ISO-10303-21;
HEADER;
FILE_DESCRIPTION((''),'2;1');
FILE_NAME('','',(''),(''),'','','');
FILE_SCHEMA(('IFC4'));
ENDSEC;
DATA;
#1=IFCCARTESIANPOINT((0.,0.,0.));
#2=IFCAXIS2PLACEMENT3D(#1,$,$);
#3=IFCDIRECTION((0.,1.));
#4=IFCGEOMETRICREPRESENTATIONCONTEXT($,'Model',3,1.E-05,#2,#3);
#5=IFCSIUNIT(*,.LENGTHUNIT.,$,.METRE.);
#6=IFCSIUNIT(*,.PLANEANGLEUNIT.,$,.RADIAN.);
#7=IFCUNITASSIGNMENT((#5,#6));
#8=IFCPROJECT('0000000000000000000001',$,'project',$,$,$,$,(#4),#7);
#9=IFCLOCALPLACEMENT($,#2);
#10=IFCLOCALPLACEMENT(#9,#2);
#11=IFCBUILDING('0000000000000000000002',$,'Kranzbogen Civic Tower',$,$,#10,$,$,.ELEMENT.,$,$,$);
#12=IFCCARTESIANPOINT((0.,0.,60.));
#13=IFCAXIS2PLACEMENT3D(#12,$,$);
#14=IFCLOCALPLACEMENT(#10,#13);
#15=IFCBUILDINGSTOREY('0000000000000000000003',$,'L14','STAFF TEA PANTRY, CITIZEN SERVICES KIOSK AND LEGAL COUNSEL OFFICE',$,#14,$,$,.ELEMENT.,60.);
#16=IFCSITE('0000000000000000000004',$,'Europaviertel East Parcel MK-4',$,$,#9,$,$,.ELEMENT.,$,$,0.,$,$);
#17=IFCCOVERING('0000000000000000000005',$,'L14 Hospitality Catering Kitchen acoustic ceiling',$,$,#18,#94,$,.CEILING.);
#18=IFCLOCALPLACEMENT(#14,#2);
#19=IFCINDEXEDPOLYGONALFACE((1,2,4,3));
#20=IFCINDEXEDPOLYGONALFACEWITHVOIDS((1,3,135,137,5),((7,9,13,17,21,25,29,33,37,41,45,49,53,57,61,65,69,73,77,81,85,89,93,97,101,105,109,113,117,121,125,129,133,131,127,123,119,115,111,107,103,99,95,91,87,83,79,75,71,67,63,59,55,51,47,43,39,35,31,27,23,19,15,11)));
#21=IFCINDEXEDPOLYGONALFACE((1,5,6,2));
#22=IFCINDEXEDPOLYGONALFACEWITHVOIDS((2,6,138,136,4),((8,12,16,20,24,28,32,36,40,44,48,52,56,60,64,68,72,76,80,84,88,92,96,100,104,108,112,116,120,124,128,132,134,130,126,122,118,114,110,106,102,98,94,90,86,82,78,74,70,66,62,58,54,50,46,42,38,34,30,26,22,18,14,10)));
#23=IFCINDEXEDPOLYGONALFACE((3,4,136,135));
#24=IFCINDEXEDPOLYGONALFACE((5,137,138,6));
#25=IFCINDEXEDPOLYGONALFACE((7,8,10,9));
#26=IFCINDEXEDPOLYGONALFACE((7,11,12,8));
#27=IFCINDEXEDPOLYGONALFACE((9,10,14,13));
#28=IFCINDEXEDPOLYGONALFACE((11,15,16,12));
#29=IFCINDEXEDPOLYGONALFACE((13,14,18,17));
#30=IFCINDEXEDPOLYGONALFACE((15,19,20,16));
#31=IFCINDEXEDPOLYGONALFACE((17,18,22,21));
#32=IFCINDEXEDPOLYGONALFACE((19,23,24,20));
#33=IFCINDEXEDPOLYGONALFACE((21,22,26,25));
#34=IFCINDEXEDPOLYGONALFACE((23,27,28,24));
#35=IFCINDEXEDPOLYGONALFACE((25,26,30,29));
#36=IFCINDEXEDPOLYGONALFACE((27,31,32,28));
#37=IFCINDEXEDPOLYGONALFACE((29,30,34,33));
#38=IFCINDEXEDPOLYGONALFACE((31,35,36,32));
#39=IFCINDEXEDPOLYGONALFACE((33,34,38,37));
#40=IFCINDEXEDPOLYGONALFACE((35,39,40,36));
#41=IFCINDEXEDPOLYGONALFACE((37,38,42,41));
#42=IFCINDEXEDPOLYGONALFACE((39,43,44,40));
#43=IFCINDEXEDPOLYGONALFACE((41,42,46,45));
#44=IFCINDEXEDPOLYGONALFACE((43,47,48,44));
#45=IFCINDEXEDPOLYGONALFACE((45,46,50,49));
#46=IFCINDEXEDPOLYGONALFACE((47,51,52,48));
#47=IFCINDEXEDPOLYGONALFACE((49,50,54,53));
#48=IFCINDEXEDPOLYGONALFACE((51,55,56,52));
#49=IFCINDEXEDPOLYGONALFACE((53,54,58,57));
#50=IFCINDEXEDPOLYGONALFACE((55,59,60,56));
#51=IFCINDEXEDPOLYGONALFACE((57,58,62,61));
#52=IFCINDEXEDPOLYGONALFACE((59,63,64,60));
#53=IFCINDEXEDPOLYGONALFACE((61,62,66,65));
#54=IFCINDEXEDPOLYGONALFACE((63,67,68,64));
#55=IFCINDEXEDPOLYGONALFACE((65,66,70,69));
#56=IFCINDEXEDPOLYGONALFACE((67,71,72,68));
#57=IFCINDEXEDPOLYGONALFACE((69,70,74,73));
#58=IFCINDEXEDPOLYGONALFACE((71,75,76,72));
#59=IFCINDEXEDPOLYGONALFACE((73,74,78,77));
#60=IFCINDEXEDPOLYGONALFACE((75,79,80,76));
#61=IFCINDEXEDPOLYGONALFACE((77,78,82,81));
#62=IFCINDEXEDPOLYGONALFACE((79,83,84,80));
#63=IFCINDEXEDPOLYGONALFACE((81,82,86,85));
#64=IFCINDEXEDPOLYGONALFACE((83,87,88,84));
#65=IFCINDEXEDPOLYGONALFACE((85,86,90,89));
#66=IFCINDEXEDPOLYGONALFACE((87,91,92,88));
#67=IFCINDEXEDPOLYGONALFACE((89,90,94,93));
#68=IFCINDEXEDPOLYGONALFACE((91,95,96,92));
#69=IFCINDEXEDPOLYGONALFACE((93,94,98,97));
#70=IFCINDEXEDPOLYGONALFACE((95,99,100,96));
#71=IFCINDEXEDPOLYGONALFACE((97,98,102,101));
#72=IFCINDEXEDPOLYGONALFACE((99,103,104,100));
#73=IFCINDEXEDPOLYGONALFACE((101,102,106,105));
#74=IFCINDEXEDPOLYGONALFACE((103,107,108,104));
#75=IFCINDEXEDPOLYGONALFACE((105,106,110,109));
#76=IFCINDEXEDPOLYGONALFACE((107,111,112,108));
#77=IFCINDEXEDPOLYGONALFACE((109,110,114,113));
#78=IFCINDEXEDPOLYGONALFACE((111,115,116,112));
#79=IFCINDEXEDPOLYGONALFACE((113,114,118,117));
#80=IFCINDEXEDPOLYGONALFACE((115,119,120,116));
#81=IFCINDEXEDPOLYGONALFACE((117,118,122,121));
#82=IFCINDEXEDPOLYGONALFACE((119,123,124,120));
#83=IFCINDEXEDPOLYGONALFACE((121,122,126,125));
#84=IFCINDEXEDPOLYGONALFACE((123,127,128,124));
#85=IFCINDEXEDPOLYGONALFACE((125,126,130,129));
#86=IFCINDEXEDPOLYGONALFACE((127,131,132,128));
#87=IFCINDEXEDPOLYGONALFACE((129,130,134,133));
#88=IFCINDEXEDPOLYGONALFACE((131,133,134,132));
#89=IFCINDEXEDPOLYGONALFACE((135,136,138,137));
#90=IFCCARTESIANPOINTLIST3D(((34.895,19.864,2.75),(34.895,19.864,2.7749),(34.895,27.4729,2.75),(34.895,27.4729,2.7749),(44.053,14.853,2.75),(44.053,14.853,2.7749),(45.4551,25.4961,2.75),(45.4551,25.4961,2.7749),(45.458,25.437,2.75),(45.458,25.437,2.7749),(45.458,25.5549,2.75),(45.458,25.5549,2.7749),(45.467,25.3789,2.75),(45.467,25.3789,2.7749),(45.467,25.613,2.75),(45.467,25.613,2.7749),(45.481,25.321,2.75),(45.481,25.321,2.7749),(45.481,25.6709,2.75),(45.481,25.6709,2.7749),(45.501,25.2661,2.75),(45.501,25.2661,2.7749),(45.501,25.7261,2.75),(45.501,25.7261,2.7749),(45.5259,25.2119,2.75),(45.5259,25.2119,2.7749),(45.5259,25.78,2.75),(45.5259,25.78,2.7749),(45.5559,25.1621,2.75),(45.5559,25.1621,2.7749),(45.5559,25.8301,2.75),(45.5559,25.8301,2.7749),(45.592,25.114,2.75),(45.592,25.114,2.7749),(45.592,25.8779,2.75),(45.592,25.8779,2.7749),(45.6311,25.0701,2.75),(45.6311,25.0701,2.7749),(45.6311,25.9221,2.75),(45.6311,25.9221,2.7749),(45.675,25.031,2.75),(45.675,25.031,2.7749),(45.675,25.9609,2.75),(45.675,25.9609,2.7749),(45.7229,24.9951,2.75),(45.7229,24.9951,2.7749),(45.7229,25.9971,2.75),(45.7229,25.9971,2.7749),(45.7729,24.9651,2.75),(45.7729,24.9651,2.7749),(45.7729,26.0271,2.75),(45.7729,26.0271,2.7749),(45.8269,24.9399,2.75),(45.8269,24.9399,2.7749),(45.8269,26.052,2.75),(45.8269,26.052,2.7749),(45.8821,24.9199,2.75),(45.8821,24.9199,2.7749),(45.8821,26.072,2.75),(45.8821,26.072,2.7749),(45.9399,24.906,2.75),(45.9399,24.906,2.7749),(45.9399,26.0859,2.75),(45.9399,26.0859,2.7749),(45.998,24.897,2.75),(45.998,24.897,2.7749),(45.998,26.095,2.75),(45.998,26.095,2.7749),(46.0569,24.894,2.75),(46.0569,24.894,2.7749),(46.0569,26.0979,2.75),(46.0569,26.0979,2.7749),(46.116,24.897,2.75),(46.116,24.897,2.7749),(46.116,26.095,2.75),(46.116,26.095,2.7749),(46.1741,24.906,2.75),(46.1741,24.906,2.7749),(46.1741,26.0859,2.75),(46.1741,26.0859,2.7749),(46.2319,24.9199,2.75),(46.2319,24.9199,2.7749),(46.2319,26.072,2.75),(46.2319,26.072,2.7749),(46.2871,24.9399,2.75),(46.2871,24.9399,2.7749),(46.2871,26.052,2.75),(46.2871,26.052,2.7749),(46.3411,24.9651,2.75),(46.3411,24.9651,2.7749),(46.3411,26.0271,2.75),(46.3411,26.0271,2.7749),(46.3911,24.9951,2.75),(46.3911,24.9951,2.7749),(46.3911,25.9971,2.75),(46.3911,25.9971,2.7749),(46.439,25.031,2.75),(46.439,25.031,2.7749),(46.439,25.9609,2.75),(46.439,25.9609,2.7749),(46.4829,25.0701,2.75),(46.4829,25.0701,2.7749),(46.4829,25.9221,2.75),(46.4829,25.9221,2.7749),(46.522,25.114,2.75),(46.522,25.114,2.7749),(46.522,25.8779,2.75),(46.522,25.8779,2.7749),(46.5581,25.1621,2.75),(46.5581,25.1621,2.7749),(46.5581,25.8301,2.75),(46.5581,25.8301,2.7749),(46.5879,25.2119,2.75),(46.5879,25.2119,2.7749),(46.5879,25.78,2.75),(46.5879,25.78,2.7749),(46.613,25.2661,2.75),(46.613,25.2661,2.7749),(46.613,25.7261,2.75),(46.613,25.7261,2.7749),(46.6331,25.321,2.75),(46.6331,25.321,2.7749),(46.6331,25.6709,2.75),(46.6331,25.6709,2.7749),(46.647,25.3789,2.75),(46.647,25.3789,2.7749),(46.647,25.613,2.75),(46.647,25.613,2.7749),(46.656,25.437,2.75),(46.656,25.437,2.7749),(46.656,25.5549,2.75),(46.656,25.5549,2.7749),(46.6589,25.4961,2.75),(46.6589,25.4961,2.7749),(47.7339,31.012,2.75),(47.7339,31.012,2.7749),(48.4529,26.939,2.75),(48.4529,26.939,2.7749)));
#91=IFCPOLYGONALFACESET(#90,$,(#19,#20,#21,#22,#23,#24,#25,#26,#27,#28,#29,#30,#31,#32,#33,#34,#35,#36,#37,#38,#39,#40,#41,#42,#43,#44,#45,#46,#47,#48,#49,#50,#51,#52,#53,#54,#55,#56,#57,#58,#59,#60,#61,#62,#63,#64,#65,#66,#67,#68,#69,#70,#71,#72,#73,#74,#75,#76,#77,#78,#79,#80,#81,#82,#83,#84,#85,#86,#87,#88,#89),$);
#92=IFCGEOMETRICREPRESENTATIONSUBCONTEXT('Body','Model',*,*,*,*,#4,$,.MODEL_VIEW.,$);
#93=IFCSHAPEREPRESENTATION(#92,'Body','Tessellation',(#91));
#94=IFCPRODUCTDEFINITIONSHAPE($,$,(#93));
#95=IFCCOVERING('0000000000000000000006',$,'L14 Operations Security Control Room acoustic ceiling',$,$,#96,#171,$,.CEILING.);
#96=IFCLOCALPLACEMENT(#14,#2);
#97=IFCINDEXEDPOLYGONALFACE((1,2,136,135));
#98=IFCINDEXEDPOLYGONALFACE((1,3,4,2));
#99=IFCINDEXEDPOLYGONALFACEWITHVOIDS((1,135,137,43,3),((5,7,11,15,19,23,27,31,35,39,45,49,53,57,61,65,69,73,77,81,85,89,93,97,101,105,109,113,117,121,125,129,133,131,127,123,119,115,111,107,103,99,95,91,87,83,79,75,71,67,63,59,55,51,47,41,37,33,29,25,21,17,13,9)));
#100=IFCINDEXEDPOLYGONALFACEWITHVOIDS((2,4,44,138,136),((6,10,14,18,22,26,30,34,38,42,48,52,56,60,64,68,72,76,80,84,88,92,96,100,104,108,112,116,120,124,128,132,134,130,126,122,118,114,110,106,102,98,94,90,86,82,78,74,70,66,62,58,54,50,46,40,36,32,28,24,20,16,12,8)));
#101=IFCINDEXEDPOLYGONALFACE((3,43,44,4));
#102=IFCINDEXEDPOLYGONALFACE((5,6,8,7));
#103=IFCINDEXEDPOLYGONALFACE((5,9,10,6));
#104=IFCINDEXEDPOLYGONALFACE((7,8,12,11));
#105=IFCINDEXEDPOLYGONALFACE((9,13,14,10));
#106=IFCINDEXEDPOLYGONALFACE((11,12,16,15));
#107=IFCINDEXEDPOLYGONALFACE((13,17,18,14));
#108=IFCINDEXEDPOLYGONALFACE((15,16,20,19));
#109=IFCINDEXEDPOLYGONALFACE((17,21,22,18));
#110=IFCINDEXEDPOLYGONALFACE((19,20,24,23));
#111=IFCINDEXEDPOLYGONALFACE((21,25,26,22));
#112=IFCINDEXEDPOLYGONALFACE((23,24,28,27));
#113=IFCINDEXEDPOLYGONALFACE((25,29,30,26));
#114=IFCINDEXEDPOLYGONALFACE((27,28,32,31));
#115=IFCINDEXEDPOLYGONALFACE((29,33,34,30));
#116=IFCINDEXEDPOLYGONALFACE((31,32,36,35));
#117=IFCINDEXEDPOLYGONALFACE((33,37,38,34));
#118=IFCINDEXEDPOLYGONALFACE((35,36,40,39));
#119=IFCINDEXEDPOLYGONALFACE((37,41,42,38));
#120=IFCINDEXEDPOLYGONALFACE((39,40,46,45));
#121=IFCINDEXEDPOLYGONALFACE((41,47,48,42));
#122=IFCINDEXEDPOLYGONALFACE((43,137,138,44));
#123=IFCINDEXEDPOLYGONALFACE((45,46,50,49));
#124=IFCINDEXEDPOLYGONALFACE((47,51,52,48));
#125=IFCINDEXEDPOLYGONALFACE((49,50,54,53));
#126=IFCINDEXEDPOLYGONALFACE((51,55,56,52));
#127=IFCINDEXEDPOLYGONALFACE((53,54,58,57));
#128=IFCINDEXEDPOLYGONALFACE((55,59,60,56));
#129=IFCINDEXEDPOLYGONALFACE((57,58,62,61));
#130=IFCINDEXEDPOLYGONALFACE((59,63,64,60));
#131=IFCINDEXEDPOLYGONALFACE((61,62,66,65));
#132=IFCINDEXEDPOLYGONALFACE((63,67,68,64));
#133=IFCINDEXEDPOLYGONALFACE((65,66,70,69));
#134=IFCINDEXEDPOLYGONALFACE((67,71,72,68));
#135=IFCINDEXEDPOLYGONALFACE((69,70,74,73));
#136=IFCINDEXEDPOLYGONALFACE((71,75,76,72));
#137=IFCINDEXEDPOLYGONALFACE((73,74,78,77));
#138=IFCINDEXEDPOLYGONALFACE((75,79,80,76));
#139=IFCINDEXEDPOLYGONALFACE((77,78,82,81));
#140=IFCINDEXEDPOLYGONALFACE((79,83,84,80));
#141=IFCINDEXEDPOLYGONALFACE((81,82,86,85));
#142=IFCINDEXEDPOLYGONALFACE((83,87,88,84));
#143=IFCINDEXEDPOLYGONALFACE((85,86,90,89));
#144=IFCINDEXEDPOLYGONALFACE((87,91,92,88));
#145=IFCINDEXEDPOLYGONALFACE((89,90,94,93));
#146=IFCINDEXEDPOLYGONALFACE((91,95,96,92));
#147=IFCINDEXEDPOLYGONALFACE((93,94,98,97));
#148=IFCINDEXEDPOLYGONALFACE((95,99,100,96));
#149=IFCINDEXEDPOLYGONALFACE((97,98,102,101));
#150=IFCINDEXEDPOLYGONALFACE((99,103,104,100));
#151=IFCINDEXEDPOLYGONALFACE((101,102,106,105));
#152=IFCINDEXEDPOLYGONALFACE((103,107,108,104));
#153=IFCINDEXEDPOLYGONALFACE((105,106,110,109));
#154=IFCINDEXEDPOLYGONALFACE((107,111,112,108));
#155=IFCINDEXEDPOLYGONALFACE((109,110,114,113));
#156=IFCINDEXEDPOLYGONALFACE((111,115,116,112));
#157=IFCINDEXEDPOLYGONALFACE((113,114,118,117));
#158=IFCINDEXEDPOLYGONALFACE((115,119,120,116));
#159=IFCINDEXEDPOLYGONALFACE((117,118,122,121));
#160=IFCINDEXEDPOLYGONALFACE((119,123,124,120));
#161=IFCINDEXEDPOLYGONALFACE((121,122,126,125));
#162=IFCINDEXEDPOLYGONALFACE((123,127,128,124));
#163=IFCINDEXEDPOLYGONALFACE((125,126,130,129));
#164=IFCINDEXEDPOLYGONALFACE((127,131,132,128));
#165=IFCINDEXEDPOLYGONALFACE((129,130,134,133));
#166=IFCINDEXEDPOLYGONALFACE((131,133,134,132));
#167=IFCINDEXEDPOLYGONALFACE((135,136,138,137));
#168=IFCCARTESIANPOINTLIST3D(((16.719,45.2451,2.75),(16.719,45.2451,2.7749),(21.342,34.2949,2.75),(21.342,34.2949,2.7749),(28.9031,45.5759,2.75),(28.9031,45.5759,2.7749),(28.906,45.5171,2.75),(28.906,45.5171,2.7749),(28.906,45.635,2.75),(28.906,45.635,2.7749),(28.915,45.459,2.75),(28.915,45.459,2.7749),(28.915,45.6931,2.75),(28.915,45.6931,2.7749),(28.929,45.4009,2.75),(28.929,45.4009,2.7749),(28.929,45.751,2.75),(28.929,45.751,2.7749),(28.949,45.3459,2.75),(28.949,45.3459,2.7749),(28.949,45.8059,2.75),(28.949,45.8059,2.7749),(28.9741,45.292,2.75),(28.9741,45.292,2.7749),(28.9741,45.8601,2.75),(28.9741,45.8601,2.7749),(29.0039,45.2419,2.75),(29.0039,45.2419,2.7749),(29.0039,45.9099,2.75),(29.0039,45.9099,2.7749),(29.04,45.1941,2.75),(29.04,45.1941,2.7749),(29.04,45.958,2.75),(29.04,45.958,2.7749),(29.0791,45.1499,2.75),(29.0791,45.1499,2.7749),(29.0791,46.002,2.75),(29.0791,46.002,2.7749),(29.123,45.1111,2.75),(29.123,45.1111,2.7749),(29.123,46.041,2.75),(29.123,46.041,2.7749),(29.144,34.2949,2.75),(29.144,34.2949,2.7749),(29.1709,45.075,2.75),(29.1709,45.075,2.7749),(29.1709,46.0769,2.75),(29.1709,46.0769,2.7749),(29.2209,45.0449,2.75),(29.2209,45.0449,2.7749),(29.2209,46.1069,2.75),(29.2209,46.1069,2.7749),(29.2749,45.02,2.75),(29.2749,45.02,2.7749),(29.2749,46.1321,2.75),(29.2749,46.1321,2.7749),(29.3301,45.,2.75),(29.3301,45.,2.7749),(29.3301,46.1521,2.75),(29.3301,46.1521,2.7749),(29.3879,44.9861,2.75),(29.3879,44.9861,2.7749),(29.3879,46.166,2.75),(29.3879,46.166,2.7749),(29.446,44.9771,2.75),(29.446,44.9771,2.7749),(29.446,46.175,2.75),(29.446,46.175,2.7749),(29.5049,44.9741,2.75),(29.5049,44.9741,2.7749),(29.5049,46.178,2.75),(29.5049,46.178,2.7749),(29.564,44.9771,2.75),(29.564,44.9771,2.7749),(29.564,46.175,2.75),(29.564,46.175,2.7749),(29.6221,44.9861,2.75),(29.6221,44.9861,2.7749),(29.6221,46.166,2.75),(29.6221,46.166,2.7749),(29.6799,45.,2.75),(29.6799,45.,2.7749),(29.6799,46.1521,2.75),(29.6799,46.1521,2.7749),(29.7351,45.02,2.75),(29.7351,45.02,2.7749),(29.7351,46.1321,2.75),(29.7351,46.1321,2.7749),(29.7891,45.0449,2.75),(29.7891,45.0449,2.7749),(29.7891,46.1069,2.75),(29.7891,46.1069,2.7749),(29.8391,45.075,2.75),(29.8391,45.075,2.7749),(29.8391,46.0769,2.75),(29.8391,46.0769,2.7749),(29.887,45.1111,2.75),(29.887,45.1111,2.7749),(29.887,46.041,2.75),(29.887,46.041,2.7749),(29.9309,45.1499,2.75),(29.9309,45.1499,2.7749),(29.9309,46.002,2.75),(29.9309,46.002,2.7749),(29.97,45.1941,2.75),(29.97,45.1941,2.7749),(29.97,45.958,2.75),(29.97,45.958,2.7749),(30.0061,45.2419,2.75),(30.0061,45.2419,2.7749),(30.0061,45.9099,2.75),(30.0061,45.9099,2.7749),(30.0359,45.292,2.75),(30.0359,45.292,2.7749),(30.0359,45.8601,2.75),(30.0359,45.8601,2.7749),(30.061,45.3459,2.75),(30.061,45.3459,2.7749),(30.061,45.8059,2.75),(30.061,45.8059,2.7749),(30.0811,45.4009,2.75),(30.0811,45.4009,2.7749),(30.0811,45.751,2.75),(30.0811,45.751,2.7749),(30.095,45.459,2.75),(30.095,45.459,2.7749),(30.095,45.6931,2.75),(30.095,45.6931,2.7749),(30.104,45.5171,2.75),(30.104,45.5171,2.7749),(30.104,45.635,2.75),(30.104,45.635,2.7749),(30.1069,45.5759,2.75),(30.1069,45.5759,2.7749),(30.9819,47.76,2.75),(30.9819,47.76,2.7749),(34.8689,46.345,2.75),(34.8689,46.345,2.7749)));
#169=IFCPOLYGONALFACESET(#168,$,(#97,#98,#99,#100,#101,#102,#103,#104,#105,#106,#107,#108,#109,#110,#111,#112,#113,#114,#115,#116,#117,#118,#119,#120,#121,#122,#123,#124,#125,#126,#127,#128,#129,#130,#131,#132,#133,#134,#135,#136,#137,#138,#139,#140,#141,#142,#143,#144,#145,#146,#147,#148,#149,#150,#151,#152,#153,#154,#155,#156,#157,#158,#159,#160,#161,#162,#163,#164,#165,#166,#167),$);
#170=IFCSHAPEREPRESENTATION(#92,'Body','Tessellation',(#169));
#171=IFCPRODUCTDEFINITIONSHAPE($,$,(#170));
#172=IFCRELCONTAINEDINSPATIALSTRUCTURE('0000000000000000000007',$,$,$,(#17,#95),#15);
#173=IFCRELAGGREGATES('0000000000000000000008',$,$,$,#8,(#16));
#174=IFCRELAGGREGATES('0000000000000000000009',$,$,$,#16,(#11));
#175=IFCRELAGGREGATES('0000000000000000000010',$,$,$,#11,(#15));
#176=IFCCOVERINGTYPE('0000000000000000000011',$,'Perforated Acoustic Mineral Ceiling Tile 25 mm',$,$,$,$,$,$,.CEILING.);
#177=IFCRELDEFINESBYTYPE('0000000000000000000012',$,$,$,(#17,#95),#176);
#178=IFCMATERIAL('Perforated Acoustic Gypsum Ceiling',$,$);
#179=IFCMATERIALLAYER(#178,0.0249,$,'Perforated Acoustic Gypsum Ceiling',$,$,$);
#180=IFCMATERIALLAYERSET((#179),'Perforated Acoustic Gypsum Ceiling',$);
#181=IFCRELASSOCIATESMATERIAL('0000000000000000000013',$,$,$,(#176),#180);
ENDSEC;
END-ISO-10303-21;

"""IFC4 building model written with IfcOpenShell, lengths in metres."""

from ifc_helpers import new_model, si_unit, direction, frame, origin, place, context, subcontext, project, spatial, polyline, outline, extrude, material, layer, layer_set, type_object, element, save


model = new_model("IFC4")

# Units and contexts
model_context = context("Model", 3, precision=1e-05, world=origin(), true_north=direction((0.0, 1.0)))
body_context = subcontext(model_context, "Body", "Model", "MODEL_VIEW")
ifc_project = project(units=[si_unit("LENGTHUNIT", "METRE"), si_unit("PLANEANGLEUNIT", "RADIAN")], contexts=[model_context])

# Site, building, storey
site_placement = place(None, origin())
site = spatial("IfcSite", under=ifc_project, at=site_placement, Name="Europaviertel East Parcel MK-4", CompositionType="ELEMENT", RefElevation=0.0)
building_placement = place(site_placement, origin())
building = spatial("IfcBuilding", under=site, at=building_placement, Name="Kranzbogen Civic Tower", CompositionType="ELEMENT")
storey_placement = place(building_placement, frame((0.0, 0.0, 60.0)))
storey = spatial("IfcBuildingStorey", under=building, at=storey_placement, Name="L14", Description="STAFF TEA PANTRY, CITIZEN SERVICES KIOSK AND LEGAL COUNSEL OFFICE", CompositionType="ELEMENT", Elevation=60.0)

# Coverings
ifc_material_1 = material(Name="Perforated Acoustic Gypsum Ceiling")
ifc_layer_1 = layer(ifc_material_1, 0.0249, Name="Perforated Acoustic Gypsum Ceiling")
ifc_layer_set_1 = layer_set([ifc_layer_1], Name="Perforated Acoustic Gypsum Ceiling")
covering_type_1 = type_object("IfcCoveringType", Name="Perforated Acoustic Mineral Ceiling Tile 25 mm", PredefinedType="CEILING", material=ifc_layer_set_1)
covering_1_placement = place(storey_placement, frame((0.0, 0.0, 2.75)))
element("IfcCovering", 1, at=covering_1_placement, inside=storey, type_object=covering_type_1, Name="L14 Hospitality Catering Kitchen acoustic ceiling", PredefinedType="CEILING", context=body_context, shape_type="SweptSolid", body=[
    extrude(outline(polyline([(34.895, 19.864), (34.895, 27.4729), (47.7339, 31.012), (48.4529, 26.939), (44.053, 14.853), (34.895, 19.864)]), holes=[polyline([(46.613, 25.2661), (46.5879, 25.2119), (46.5581, 25.1621), (46.522, 25.114), (46.4829, 25.0701), (46.439, 25.031), (46.3911, 24.9951), (46.3411, 24.9651), (46.2871, 24.9399), (46.2319, 24.9199), (46.1741, 24.906), (46.116, 24.897), (46.0569, 24.894), (45.998, 24.897), (45.9399, 24.906), (45.8821, 24.9199), (45.8269, 24.9399), (45.7729, 24.9651), (45.7229, 24.9951), (45.675, 25.031), (45.6311, 25.0701), (45.592, 25.114), (45.5559, 25.1621), (45.5259, 25.2119), (45.501, 25.2661), (45.481, 25.321), (45.467, 25.3789), (45.458, 25.437), (45.4551, 25.4961), (45.458, 25.5549), (45.467, 25.613), (45.481, 25.6709), (45.501, 25.7261), (45.5259, 25.78), (45.5559, 25.8301), (45.592, 25.8779), (45.6311, 25.9221), (45.675, 25.9609), (45.7229, 25.9971), (45.7729, 26.0271), (45.8269, 26.052), (45.8821, 26.072), (45.9399, 26.0859), (45.998, 26.095), (46.0569, 26.0979), (46.116, 26.095), (46.1741, 26.0859), (46.2319, 26.072), (46.2871, 26.052), (46.3411, 26.0271), (46.3911, 25.9971), (46.439, 25.9609), (46.4829, 25.9221), (46.522, 25.8779), (46.5581, 25.8301), (46.5879, 25.78), (46.613, 25.7261), (46.6331, 25.6709), (46.647, 25.613), (46.656, 25.5549), (46.6589, 25.4961), (46.656, 25.437), (46.647, 25.3789), (46.6331, 25.321), (46.613, 25.2661)])]), origin(), (0.0, 0.0, 1.0), 0.0249),
])
covering_2_placement = place(storey_placement, frame((0.0, 0.0, 2.75)))
element("IfcCovering", 2, at=covering_2_placement, inside=storey, type_object=covering_type_1, Name="L14 Operations Security Control Room acoustic ceiling", PredefinedType="CEILING", context=body_context, shape_type="SweptSolid", body=[
    extrude(outline(polyline([(34.8689, 46.345), (29.144, 34.2949), (21.342, 34.2949), (16.719, 45.2451), (30.9819, 47.76), (34.8689, 46.345)]), holes=[polyline([(30.061, 45.3459), (30.0359, 45.292), (30.0061, 45.2419), (29.97, 45.1941), (29.9309, 45.1499), (29.887, 45.1111), (29.8391, 45.075), (29.7891, 45.0449), (29.7351, 45.02), (29.6799, 45.0), (29.6221, 44.9861), (29.564, 44.9771), (29.5049, 44.9741), (29.446, 44.9771), (29.3879, 44.9861), (29.3301, 45.0), (29.2749, 45.02), (29.2209, 45.0449), (29.1709, 45.075), (29.123, 45.1111), (29.0791, 45.1499), (29.04, 45.1941), (29.0039, 45.2419), (28.9741, 45.292), (28.949, 45.3459), (28.929, 45.4009), (28.915, 45.459), (28.906, 45.5171), (28.9031, 45.5759), (28.906, 45.635), (28.915, 45.6931), (28.929, 45.751), (28.949, 45.8059), (28.9741, 45.8601), (29.0039, 45.9099), (29.04, 45.958), (29.0791, 46.002), (29.123, 46.041), (29.1709, 46.0769), (29.2209, 46.1069), (29.2749, 46.1321), (29.3301, 46.1521), (29.3879, 46.166), (29.446, 46.175), (29.5049, 46.178), (29.564, 46.175), (29.6221, 46.166), (29.6799, 46.1521), (29.7351, 46.1321), (29.7891, 46.1069), (29.8391, 46.0769), (29.887, 46.041), (29.9309, 46.002), (29.97, 45.958), (30.0061, 45.9099), (30.0359, 45.8601), (30.061, 45.8059), (30.0811, 45.751), (30.095, 45.6931), (30.104, 45.635), (30.1069, 45.5759), (30.104, 45.5171), (30.095, 45.459), (30.0811, 45.4009), (30.061, 45.3459)])]), origin(), (0.0, 0.0, 1.0), 0.0249),
])

save(model, "model.ifc")
